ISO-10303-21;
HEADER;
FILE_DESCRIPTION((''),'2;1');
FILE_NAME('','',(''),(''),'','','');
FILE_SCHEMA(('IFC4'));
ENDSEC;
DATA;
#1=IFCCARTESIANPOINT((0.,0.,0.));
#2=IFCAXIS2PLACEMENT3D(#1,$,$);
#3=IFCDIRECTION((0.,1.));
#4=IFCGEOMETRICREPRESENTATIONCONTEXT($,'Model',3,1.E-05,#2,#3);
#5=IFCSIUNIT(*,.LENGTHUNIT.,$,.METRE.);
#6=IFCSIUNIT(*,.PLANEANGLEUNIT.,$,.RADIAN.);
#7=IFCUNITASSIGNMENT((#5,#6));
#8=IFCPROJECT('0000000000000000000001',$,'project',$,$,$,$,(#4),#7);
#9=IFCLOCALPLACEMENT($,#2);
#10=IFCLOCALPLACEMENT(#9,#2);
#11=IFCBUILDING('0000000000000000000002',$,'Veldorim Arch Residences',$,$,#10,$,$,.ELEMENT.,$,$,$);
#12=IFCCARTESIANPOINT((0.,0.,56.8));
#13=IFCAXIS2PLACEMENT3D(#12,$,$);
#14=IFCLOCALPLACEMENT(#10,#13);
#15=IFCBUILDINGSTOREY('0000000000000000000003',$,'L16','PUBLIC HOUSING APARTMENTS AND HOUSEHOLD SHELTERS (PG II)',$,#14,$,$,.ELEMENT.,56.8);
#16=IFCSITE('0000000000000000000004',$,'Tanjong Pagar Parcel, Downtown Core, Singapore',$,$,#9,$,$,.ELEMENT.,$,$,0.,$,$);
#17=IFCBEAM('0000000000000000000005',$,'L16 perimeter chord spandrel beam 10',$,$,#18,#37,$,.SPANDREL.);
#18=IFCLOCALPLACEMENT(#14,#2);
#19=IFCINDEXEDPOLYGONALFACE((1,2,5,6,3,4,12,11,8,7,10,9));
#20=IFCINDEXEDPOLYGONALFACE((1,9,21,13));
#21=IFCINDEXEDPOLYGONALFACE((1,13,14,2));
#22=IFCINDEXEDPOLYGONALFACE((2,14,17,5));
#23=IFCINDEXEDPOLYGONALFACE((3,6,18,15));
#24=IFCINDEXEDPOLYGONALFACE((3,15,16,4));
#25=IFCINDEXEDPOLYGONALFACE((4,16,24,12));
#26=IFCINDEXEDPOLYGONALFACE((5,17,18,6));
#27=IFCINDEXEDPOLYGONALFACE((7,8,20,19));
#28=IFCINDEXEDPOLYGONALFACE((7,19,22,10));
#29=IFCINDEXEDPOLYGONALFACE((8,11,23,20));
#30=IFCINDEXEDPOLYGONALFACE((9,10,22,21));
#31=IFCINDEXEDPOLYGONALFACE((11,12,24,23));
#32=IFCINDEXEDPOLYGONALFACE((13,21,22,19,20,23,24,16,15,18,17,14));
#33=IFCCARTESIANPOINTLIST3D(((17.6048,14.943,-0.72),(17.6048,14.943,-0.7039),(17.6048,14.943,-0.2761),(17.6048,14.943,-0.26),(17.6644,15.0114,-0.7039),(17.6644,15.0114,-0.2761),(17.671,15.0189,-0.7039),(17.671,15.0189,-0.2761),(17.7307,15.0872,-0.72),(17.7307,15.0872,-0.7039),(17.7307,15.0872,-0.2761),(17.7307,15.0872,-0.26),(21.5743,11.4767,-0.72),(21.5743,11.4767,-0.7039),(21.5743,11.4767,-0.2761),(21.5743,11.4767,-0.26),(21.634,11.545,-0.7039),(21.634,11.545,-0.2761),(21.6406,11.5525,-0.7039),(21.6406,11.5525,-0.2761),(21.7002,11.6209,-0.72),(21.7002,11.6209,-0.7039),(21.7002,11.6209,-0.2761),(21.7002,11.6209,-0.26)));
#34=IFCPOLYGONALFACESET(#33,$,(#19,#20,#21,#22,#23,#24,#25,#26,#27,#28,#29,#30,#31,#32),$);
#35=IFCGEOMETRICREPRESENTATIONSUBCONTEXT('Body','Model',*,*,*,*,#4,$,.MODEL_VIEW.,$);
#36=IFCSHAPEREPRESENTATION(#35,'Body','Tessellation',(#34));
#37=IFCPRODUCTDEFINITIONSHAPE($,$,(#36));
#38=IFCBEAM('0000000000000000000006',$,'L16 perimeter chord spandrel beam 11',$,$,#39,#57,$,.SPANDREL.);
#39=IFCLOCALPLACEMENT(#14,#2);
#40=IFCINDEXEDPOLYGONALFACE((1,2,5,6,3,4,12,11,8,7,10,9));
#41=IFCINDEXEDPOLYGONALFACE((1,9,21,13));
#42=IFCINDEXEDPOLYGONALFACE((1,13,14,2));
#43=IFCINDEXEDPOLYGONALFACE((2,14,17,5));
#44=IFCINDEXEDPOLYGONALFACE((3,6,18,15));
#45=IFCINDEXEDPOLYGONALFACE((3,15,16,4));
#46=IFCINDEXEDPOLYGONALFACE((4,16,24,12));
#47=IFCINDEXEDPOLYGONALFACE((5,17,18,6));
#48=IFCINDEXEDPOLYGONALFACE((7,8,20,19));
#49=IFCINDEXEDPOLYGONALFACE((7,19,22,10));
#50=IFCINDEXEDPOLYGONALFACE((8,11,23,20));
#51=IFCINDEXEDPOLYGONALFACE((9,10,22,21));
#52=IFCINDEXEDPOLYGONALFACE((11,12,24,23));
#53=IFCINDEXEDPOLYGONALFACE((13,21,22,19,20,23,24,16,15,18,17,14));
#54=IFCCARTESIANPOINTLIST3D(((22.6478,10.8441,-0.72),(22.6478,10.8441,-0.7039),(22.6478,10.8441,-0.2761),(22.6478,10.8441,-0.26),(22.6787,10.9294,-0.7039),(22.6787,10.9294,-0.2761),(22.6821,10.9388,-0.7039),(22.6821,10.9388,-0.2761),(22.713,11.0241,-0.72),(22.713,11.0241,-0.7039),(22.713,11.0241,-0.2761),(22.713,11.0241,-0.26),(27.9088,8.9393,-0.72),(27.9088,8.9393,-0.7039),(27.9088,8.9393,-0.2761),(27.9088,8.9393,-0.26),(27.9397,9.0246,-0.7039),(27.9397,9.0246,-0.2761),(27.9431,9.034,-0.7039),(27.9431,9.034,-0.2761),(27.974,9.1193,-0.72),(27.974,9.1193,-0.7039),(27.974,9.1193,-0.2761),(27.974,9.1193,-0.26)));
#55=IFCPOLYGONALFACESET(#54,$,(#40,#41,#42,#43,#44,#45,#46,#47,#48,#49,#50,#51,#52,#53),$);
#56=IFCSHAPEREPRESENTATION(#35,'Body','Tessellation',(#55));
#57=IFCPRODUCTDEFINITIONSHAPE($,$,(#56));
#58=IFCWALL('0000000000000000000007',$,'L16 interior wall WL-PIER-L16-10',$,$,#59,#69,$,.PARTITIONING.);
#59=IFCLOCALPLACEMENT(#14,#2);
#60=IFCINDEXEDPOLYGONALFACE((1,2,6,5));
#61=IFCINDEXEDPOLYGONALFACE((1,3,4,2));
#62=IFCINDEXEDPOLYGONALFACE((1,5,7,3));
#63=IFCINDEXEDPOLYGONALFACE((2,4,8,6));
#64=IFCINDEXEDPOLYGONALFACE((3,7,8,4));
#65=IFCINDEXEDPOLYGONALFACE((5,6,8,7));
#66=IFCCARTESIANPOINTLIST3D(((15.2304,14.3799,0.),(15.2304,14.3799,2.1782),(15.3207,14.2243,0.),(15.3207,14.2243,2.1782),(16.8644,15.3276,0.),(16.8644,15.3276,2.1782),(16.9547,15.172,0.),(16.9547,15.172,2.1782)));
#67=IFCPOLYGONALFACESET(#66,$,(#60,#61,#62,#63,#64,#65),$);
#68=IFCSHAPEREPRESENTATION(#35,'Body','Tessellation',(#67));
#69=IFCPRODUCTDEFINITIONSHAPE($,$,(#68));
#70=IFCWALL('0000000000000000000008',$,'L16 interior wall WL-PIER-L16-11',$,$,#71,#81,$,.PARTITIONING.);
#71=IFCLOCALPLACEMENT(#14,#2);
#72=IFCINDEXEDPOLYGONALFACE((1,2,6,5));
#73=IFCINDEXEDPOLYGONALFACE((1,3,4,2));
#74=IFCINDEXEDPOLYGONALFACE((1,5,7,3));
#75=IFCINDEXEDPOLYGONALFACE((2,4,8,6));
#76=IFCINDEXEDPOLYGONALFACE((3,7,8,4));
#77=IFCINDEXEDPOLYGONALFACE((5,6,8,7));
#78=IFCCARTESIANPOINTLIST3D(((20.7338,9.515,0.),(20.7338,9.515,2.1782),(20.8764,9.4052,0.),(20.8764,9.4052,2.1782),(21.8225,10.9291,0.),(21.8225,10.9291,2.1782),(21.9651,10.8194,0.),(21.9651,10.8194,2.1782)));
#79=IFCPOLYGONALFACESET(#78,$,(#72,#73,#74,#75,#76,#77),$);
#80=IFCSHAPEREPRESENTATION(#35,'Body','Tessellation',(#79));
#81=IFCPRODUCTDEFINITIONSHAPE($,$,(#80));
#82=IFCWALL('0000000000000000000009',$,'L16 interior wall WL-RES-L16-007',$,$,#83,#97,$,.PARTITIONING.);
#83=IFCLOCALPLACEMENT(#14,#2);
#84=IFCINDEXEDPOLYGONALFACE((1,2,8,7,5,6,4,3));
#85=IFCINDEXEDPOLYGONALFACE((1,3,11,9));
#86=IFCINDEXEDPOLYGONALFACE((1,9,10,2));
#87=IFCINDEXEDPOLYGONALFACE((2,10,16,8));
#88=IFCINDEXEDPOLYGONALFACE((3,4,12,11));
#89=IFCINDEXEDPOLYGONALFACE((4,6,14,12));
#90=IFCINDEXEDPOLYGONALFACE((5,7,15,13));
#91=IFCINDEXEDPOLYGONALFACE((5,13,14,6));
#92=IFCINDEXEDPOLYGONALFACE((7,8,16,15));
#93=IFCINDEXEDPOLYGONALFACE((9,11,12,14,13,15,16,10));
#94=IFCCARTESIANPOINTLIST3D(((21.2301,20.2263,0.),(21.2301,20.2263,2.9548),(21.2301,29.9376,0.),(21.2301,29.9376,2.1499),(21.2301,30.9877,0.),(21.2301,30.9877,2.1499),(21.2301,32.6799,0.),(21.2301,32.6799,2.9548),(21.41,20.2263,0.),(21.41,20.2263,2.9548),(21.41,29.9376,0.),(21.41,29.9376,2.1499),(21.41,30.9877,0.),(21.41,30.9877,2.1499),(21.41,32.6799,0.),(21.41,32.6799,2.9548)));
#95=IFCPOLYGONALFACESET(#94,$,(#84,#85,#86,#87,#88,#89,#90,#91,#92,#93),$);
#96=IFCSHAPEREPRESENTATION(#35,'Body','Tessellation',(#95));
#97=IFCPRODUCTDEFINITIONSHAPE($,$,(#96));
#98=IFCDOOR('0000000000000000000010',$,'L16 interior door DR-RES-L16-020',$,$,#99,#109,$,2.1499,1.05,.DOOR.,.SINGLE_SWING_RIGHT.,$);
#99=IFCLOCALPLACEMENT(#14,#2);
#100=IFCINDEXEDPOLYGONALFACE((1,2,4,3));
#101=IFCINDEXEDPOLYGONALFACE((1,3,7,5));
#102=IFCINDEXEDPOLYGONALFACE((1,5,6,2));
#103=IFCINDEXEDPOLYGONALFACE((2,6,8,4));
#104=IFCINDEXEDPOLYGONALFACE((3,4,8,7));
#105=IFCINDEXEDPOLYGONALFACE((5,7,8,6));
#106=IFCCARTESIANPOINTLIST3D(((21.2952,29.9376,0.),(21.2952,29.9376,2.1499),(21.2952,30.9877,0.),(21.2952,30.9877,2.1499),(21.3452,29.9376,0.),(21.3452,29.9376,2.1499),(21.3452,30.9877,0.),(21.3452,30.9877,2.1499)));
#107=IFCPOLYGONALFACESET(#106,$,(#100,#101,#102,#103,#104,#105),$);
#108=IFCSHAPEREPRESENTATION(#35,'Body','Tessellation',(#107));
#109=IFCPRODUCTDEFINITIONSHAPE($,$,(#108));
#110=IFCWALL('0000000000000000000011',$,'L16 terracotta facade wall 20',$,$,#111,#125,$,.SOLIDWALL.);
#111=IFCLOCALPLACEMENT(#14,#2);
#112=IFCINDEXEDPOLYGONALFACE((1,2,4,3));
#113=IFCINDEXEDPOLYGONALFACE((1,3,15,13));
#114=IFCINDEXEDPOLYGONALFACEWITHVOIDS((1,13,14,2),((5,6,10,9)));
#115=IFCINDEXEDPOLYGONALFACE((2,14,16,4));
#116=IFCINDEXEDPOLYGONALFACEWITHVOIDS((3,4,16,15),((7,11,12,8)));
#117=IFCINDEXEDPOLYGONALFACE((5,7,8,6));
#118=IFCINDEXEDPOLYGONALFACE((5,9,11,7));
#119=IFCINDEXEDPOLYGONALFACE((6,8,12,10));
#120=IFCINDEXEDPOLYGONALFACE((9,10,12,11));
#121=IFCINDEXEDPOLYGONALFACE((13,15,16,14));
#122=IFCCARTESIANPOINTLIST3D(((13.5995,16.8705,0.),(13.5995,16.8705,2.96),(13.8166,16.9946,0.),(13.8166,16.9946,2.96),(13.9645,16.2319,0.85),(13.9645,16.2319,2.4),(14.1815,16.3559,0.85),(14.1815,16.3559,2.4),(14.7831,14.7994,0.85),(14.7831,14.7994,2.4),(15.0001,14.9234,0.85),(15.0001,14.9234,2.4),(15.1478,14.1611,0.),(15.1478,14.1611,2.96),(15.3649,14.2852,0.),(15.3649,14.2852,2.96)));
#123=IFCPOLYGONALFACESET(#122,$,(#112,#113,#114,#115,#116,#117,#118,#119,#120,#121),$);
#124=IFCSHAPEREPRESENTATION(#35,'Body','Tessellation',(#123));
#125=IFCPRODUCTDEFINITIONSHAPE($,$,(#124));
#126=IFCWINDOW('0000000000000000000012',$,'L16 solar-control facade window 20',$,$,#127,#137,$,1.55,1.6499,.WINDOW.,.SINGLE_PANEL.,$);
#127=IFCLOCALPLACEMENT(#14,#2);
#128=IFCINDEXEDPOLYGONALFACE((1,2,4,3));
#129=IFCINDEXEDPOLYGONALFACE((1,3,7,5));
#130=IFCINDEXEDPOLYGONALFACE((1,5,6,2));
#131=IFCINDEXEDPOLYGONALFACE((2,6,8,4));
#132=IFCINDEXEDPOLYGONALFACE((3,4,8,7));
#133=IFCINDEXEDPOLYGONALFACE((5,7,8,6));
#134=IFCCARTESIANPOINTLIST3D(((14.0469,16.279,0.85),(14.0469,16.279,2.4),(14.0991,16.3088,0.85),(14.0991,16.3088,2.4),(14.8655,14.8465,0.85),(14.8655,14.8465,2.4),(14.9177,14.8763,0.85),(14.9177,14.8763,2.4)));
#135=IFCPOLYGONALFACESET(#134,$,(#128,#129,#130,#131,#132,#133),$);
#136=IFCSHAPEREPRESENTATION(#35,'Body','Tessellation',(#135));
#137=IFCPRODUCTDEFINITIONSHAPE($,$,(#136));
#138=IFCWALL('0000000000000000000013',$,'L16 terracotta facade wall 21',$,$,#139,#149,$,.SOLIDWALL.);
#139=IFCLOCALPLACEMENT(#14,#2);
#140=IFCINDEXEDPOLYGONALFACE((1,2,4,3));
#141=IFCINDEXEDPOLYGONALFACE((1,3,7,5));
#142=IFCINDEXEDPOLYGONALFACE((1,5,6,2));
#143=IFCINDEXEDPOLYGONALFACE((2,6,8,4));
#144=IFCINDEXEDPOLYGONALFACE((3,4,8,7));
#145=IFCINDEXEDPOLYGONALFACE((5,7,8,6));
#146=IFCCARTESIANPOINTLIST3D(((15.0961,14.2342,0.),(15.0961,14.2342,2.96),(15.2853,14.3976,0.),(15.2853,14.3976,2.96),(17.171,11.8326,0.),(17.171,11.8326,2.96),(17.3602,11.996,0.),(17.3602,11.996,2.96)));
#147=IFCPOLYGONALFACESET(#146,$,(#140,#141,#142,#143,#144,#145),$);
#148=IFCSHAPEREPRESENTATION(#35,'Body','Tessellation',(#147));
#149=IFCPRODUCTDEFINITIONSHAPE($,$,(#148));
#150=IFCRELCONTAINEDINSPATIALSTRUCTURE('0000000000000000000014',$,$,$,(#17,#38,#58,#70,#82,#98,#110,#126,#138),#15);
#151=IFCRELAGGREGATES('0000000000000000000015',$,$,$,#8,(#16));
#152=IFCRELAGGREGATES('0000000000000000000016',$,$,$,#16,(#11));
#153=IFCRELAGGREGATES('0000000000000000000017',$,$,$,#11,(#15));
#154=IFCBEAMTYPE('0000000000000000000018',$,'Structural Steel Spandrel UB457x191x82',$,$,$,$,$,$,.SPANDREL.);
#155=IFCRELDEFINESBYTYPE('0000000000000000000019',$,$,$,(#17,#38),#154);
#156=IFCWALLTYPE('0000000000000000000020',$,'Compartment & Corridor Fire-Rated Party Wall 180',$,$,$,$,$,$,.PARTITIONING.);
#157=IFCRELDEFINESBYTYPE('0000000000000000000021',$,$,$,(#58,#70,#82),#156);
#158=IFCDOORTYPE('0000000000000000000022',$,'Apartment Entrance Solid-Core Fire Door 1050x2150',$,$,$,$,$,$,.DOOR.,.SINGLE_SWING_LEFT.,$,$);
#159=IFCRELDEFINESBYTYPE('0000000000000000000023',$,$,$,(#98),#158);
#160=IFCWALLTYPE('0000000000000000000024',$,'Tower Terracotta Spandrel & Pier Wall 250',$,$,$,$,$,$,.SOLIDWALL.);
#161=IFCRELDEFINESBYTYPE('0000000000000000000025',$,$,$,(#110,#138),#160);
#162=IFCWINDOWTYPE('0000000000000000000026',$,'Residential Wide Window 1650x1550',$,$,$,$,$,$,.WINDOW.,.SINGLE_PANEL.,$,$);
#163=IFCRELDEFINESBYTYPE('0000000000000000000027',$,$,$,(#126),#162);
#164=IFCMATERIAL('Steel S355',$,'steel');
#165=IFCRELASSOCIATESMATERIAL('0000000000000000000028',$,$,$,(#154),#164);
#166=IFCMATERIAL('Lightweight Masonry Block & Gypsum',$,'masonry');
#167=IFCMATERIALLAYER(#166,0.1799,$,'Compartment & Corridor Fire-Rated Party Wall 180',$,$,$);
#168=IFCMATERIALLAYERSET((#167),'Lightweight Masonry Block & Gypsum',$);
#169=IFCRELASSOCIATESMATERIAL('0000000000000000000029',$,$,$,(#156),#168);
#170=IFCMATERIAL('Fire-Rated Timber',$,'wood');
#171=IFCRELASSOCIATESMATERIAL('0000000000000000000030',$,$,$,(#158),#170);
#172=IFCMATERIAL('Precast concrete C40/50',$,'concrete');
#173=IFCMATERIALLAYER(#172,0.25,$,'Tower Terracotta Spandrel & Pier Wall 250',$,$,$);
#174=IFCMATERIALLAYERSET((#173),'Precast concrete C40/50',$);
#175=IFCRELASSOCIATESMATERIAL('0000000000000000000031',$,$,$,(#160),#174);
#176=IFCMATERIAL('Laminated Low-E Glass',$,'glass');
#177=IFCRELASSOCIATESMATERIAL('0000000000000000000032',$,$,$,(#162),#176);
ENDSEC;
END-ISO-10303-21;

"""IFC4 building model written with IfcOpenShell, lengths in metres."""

from ifc_helpers import new_model, si_unit, direction, frame, frame_2d, origin, origin_2d, place, context, subcontext, project, spatial, rectangle, i_section, extrude, material, layer, layer_set, material_profile, profile_set, type_object, element, fill, save


model = new_model("IFC4")

# Units and contexts
model_context = context("Model", 3, precision=1e-05, world=origin(), true_north=direction((0.0, 1.0)))
body_context = subcontext(model_context, "Body", "Model", "MODEL_VIEW")
ifc_project = project(units=[si_unit("LENGTHUNIT", "METRE"), si_unit("PLANEANGLEUNIT", "RADIAN")], contexts=[model_context])

# Site, building, storey
site_placement = place(None, origin())
site = spatial("IfcSite", under=ifc_project, at=site_placement, Name="Tanjong Pagar Parcel, Downtown Core, Singapore", CompositionType="ELEMENT", RefElevation=0.0)
building_placement = place(site_placement, origin())
building = spatial("IfcBuilding", under=site, at=building_placement, Name="Veldorim Arch Residences", CompositionType="ELEMENT")
storey_placement = place(building_placement, frame((0.0, 0.0, 56.8)))
storey = spatial("IfcBuildingStorey", under=building, at=storey_placement, Name="L16", Description="PUBLIC HOUSING APARTMENTS AND HOUSEHOLD SHELTERS (PG II)", CompositionType="ELEMENT", Elevation=56.8)

# Beams
ifc_material_1 = material(Name="Steel S355", Category="steel")
ifc_material_profile_1 = material_profile(ifc_material_1, i_section(OverallWidth=0.1914, OverallDepth=0.46, WebThickness=0.01, FlangeThickness=0.0161, at=origin_2d()), Name="UB457x191x82")
ifc_profile_set_1 = profile_set([ifc_material_profile_1], Name="Steel S355")
beam_type_1 = type_object("IfcBeamType", Name="Structural Steel Spandrel UB457x191x82", PredefinedType="SPANDREL", material=ifc_profile_set_1)
beam_1_placement = place(storey_placement, frame((17.6677, 15.0151, -0.49), z_axis=(0.753234, -0.657753, 0.0), x_axis=(0.657753, 0.753234, 0.0)))
element("IfcBeam", 1, at=beam_1_placement, inside=storey, type_object=beam_type_1, Name="L16 perimeter chord spandrel beam 10", PredefinedType="SPANDREL", context=body_context, shape_type="SweptSolid", body=[
    extrude(i_section(OverallWidth=0.1914, OverallDepth=0.46, WebThickness=0.01, FlangeThickness=0.0161, at=origin_2d()), origin(), (0.0, 0.0, 1.0), 5.27),
])
beam_2_placement = place(storey_placement, frame((22.6804, 10.9341, -0.49), z_axis=(0.940269, -0.340432, 0.0), x_axis=(0.340432, 0.940269, 0.0)))
element("IfcBeam", 2, at=beam_2_placement, inside=storey, type_object=beam_type_1, Name="L16 perimeter chord spandrel beam 11", PredefinedType="SPANDREL", context=body_context, shape_type="SweptSolid", body=[
    extrude(i_section(OverallWidth=0.1914, OverallDepth=0.46, WebThickness=0.01, FlangeThickness=0.0161, at=origin_2d()), origin(), (0.0, 0.0, 1.0), 5.5952),
])

# Walls
ifc_material_2 = material(Name="Lightweight Masonry Block & Gypsum", Category="masonry")
ifc_layer_1 = layer(ifc_material_2, 0.1799, Name="Compartment & Corridor Fire-Rated Party Wall 180")
ifc_layer_set_1 = layer_set([ifc_layer_1], Name="Lightweight Masonry Block & Gypsum")
wall_type_1 = type_object("IfcWallType", Name="Compartment & Corridor Fire-Rated Party Wall 180", PredefinedType="PARTITIONING", material=ifc_layer_set_1)
wall_1_placement = place(storey_placement, frame((16.9094, 15.2498, 0.0), z_axis=(0.0, 0.0, 1.0), x_axis=(-0.865028, -0.501724, 0.0)))
element("IfcWall", 3, at=wall_1_placement, inside=storey, type_object=wall_type_1, Name="L16 interior wall WL-PIER-L16-10", PredefinedType="PARTITIONING", context=body_context, shape_type="SweptSolid", body=[
    extrude(rectangle(XDim=1.8889, YDim=0.1799, at=frame_2d((0.9443, 0.0))), origin(), (0.0, 0.0, 1.0), 2.1782),
])
wall_2_placement = place(storey_placement, frame((21.8938, 10.8743, 0.0), z_axis=(0.0, 0.0, 1.0), x_axis=(-0.610021, -0.792385, 0.0)))
element("IfcWall", 4, at=wall_2_placement, inside=storey, type_object=wall_type_1, Name="L16 interior wall WL-PIER-L16-11", PredefinedType="PARTITIONING", context=body_context, shape_type="SweptSolid", body=[
    extrude(rectangle(XDim=1.7847, YDim=0.1799, at=frame_2d((0.8923, 0.0))), origin(), (0.0, 0.0, 1.0), 2.1782),
])

# Wall, opening, door
wall_3_placement = place(storey_placement, frame((21.3201, 20.2263, 0.0), z_axis=(0.0, 0.0, 1.0), x_axis=(0.0, 1.0, 0.0)))
wall_3 = element("IfcWall", 5, at=wall_3_placement, inside=storey, type_object=wall_type_1, Name="L16 interior wall WL-RES-L16-007", PredefinedType="PARTITIONING", context=body_context, shape_type="SweptSolid", body=[
    extrude(rectangle(XDim=12.4536, YDim=0.1799, at=frame_2d((6.2268, 0.0))), origin(), (0.0, 0.0, 1.0), 2.9548),
])
opening_1_placement = place(wall_3_placement, frame((9.7114, 0.0, 0.0)))
opening_1 = element("IfcOpeningElement", 6, at=opening_1_placement, cuts=wall_3, PredefinedType="OPENING", context=body_context, shape_type="SweptSolid", body=[
    extrude(rectangle(XDim=1.05, YDim=2.1499, at=frame_2d((0.5249, 1.075))), frame((0.0, 0.0999, 0.0), z_axis=(0.0, -1.0, 0.0), x_axis=(1.0, 0.0, 0.0)), (0.0, 0.0, 1.0), 0.2),
])
ifc_material_3 = material(Name="Fire-Rated Timber", Category="wood")
door_type_1 = type_object("IfcDoorType", Name="Apartment Entrance Solid-Core Fire Door 1050x2150", OperationType="SINGLE_SWING_LEFT", PredefinedType="DOOR", material=ifc_material_3)
door_1_placement = place(opening_1_placement, origin())
door_1 = element("IfcDoor", 7, at=door_1_placement, inside=storey, type_object=door_type_1, Name="L16 interior door DR-RES-L16-020", OperationType="SINGLE_SWING_RIGHT", OverallHeight=2.1499, OverallWidth=1.05, PredefinedType="DOOR", context=body_context, shape_type="SweptSolid", body=[
    extrude(rectangle(XDim=1.05, YDim=2.1499, at=frame_2d((0.5249, 1.075))), frame((0.0, 0.0249, 0.0), z_axis=(0.0, -1.0, 0.0), x_axis=(1.0, 0.0, 0.0)), (0.0, 0.0, 1.0), 0.05),
])
fill(opening_1, door_1)

# Wall, opening, window
ifc_material_4 = material(Name="Precast concrete C40/50", Category="concrete")
ifc_layer_2 = layer(ifc_material_4, 0.25, Name="Tower Terracotta Spandrel & Pier Wall 250")
ifc_layer_set_2 = layer_set([ifc_layer_2], Name="Precast concrete C40/50")
wall_type_2 = type_object("IfcWallType", Name="Tower Terracotta Spandrel & Pier Wall 250", PredefinedType="SOLIDWALL", material=ifc_layer_set_2)
wall_4_placement = place(storey_placement, frame((15.2563, 14.2231, 0.0), z_axis=(0.0, 0.0, 1.0), x_axis=(-0.496156, 0.868234, 0.0)))
wall_4 = element("IfcWall", 8, at=wall_4_placement, inside=storey, type_object=wall_type_2, Name="L16 terracotta facade wall 20", PredefinedType="SOLIDWALL", context=body_context, shape_type="SweptSolid", body=[
    extrude(rectangle(XDim=3.1206, YDim=0.25, at=frame_2d((1.5603, 0.0))), origin(), (0.0, 0.0, 1.0), 2.96),
])
opening_2_placement = place(wall_4_placement, frame((0.7351, 0.0, 0.8501)))
opening_2 = element("IfcOpeningElement", 9, at=opening_2_placement, cuts=wall_4, PredefinedType="OPENING", context=body_context, shape_type="SweptSolid", body=[
    extrude(rectangle(XDim=1.6499, YDim=1.55, at=frame_2d((0.825, 0.7749))), frame((0.0, 0.135, 0.0), z_axis=(0.0, -1.0, 0.0), x_axis=(1.0, 0.0, 0.0)), (0.0, 0.0, 1.0), 0.27),
])
ifc_material_5 = material(Name="Laminated Low-E Glass", Category="glass")
window_type = type_object("IfcWindowType", Name="Residential Wide Window 1650x1550", PartitioningType="SINGLE_PANEL", PredefinedType="WINDOW", material=ifc_material_5)
window_1_placement = place(opening_2_placement, origin())
window_1 = element("IfcWindow", 10, at=window_1_placement, inside=storey, type_object=window_type, Name="L16 solar-control facade window 20", OverallHeight=1.55, OverallWidth=1.6499, PartitioningType="SINGLE_PANEL", PredefinedType="WINDOW", context=body_context, shape_type="SweptSolid", body=[
    extrude(rectangle(XDim=1.6499, YDim=1.55, at=frame_2d((0.825, 0.7749))), frame((0.0, 0.03, 0.0), z_axis=(0.0, -1.0, 0.0), x_axis=(1.0, 0.0, 0.0)), (0.0, 0.0, 1.0), 0.0601),
])
fill(opening_2, window_1)

# Wall
wall_5_placement = place(storey_placement, frame((17.2656, 11.9143, 0.0), z_axis=(0.0, 0.0, 1.0), x_axis=(-0.65377, 0.756693, 0.0)))
element("IfcWall", 11, at=wall_5_placement, inside=storey, type_object=wall_type_2, Name="L16 terracotta facade wall 21", PredefinedType="SOLIDWALL", context=body_context, shape_type="SweptSolid", body=[
    extrude(rectangle(XDim=3.1738, YDim=0.25, at=frame_2d((1.5869, 0.0))), origin(), (0.0, 0.0, 1.0), 2.96),
])

save(model, "model.ifc")
